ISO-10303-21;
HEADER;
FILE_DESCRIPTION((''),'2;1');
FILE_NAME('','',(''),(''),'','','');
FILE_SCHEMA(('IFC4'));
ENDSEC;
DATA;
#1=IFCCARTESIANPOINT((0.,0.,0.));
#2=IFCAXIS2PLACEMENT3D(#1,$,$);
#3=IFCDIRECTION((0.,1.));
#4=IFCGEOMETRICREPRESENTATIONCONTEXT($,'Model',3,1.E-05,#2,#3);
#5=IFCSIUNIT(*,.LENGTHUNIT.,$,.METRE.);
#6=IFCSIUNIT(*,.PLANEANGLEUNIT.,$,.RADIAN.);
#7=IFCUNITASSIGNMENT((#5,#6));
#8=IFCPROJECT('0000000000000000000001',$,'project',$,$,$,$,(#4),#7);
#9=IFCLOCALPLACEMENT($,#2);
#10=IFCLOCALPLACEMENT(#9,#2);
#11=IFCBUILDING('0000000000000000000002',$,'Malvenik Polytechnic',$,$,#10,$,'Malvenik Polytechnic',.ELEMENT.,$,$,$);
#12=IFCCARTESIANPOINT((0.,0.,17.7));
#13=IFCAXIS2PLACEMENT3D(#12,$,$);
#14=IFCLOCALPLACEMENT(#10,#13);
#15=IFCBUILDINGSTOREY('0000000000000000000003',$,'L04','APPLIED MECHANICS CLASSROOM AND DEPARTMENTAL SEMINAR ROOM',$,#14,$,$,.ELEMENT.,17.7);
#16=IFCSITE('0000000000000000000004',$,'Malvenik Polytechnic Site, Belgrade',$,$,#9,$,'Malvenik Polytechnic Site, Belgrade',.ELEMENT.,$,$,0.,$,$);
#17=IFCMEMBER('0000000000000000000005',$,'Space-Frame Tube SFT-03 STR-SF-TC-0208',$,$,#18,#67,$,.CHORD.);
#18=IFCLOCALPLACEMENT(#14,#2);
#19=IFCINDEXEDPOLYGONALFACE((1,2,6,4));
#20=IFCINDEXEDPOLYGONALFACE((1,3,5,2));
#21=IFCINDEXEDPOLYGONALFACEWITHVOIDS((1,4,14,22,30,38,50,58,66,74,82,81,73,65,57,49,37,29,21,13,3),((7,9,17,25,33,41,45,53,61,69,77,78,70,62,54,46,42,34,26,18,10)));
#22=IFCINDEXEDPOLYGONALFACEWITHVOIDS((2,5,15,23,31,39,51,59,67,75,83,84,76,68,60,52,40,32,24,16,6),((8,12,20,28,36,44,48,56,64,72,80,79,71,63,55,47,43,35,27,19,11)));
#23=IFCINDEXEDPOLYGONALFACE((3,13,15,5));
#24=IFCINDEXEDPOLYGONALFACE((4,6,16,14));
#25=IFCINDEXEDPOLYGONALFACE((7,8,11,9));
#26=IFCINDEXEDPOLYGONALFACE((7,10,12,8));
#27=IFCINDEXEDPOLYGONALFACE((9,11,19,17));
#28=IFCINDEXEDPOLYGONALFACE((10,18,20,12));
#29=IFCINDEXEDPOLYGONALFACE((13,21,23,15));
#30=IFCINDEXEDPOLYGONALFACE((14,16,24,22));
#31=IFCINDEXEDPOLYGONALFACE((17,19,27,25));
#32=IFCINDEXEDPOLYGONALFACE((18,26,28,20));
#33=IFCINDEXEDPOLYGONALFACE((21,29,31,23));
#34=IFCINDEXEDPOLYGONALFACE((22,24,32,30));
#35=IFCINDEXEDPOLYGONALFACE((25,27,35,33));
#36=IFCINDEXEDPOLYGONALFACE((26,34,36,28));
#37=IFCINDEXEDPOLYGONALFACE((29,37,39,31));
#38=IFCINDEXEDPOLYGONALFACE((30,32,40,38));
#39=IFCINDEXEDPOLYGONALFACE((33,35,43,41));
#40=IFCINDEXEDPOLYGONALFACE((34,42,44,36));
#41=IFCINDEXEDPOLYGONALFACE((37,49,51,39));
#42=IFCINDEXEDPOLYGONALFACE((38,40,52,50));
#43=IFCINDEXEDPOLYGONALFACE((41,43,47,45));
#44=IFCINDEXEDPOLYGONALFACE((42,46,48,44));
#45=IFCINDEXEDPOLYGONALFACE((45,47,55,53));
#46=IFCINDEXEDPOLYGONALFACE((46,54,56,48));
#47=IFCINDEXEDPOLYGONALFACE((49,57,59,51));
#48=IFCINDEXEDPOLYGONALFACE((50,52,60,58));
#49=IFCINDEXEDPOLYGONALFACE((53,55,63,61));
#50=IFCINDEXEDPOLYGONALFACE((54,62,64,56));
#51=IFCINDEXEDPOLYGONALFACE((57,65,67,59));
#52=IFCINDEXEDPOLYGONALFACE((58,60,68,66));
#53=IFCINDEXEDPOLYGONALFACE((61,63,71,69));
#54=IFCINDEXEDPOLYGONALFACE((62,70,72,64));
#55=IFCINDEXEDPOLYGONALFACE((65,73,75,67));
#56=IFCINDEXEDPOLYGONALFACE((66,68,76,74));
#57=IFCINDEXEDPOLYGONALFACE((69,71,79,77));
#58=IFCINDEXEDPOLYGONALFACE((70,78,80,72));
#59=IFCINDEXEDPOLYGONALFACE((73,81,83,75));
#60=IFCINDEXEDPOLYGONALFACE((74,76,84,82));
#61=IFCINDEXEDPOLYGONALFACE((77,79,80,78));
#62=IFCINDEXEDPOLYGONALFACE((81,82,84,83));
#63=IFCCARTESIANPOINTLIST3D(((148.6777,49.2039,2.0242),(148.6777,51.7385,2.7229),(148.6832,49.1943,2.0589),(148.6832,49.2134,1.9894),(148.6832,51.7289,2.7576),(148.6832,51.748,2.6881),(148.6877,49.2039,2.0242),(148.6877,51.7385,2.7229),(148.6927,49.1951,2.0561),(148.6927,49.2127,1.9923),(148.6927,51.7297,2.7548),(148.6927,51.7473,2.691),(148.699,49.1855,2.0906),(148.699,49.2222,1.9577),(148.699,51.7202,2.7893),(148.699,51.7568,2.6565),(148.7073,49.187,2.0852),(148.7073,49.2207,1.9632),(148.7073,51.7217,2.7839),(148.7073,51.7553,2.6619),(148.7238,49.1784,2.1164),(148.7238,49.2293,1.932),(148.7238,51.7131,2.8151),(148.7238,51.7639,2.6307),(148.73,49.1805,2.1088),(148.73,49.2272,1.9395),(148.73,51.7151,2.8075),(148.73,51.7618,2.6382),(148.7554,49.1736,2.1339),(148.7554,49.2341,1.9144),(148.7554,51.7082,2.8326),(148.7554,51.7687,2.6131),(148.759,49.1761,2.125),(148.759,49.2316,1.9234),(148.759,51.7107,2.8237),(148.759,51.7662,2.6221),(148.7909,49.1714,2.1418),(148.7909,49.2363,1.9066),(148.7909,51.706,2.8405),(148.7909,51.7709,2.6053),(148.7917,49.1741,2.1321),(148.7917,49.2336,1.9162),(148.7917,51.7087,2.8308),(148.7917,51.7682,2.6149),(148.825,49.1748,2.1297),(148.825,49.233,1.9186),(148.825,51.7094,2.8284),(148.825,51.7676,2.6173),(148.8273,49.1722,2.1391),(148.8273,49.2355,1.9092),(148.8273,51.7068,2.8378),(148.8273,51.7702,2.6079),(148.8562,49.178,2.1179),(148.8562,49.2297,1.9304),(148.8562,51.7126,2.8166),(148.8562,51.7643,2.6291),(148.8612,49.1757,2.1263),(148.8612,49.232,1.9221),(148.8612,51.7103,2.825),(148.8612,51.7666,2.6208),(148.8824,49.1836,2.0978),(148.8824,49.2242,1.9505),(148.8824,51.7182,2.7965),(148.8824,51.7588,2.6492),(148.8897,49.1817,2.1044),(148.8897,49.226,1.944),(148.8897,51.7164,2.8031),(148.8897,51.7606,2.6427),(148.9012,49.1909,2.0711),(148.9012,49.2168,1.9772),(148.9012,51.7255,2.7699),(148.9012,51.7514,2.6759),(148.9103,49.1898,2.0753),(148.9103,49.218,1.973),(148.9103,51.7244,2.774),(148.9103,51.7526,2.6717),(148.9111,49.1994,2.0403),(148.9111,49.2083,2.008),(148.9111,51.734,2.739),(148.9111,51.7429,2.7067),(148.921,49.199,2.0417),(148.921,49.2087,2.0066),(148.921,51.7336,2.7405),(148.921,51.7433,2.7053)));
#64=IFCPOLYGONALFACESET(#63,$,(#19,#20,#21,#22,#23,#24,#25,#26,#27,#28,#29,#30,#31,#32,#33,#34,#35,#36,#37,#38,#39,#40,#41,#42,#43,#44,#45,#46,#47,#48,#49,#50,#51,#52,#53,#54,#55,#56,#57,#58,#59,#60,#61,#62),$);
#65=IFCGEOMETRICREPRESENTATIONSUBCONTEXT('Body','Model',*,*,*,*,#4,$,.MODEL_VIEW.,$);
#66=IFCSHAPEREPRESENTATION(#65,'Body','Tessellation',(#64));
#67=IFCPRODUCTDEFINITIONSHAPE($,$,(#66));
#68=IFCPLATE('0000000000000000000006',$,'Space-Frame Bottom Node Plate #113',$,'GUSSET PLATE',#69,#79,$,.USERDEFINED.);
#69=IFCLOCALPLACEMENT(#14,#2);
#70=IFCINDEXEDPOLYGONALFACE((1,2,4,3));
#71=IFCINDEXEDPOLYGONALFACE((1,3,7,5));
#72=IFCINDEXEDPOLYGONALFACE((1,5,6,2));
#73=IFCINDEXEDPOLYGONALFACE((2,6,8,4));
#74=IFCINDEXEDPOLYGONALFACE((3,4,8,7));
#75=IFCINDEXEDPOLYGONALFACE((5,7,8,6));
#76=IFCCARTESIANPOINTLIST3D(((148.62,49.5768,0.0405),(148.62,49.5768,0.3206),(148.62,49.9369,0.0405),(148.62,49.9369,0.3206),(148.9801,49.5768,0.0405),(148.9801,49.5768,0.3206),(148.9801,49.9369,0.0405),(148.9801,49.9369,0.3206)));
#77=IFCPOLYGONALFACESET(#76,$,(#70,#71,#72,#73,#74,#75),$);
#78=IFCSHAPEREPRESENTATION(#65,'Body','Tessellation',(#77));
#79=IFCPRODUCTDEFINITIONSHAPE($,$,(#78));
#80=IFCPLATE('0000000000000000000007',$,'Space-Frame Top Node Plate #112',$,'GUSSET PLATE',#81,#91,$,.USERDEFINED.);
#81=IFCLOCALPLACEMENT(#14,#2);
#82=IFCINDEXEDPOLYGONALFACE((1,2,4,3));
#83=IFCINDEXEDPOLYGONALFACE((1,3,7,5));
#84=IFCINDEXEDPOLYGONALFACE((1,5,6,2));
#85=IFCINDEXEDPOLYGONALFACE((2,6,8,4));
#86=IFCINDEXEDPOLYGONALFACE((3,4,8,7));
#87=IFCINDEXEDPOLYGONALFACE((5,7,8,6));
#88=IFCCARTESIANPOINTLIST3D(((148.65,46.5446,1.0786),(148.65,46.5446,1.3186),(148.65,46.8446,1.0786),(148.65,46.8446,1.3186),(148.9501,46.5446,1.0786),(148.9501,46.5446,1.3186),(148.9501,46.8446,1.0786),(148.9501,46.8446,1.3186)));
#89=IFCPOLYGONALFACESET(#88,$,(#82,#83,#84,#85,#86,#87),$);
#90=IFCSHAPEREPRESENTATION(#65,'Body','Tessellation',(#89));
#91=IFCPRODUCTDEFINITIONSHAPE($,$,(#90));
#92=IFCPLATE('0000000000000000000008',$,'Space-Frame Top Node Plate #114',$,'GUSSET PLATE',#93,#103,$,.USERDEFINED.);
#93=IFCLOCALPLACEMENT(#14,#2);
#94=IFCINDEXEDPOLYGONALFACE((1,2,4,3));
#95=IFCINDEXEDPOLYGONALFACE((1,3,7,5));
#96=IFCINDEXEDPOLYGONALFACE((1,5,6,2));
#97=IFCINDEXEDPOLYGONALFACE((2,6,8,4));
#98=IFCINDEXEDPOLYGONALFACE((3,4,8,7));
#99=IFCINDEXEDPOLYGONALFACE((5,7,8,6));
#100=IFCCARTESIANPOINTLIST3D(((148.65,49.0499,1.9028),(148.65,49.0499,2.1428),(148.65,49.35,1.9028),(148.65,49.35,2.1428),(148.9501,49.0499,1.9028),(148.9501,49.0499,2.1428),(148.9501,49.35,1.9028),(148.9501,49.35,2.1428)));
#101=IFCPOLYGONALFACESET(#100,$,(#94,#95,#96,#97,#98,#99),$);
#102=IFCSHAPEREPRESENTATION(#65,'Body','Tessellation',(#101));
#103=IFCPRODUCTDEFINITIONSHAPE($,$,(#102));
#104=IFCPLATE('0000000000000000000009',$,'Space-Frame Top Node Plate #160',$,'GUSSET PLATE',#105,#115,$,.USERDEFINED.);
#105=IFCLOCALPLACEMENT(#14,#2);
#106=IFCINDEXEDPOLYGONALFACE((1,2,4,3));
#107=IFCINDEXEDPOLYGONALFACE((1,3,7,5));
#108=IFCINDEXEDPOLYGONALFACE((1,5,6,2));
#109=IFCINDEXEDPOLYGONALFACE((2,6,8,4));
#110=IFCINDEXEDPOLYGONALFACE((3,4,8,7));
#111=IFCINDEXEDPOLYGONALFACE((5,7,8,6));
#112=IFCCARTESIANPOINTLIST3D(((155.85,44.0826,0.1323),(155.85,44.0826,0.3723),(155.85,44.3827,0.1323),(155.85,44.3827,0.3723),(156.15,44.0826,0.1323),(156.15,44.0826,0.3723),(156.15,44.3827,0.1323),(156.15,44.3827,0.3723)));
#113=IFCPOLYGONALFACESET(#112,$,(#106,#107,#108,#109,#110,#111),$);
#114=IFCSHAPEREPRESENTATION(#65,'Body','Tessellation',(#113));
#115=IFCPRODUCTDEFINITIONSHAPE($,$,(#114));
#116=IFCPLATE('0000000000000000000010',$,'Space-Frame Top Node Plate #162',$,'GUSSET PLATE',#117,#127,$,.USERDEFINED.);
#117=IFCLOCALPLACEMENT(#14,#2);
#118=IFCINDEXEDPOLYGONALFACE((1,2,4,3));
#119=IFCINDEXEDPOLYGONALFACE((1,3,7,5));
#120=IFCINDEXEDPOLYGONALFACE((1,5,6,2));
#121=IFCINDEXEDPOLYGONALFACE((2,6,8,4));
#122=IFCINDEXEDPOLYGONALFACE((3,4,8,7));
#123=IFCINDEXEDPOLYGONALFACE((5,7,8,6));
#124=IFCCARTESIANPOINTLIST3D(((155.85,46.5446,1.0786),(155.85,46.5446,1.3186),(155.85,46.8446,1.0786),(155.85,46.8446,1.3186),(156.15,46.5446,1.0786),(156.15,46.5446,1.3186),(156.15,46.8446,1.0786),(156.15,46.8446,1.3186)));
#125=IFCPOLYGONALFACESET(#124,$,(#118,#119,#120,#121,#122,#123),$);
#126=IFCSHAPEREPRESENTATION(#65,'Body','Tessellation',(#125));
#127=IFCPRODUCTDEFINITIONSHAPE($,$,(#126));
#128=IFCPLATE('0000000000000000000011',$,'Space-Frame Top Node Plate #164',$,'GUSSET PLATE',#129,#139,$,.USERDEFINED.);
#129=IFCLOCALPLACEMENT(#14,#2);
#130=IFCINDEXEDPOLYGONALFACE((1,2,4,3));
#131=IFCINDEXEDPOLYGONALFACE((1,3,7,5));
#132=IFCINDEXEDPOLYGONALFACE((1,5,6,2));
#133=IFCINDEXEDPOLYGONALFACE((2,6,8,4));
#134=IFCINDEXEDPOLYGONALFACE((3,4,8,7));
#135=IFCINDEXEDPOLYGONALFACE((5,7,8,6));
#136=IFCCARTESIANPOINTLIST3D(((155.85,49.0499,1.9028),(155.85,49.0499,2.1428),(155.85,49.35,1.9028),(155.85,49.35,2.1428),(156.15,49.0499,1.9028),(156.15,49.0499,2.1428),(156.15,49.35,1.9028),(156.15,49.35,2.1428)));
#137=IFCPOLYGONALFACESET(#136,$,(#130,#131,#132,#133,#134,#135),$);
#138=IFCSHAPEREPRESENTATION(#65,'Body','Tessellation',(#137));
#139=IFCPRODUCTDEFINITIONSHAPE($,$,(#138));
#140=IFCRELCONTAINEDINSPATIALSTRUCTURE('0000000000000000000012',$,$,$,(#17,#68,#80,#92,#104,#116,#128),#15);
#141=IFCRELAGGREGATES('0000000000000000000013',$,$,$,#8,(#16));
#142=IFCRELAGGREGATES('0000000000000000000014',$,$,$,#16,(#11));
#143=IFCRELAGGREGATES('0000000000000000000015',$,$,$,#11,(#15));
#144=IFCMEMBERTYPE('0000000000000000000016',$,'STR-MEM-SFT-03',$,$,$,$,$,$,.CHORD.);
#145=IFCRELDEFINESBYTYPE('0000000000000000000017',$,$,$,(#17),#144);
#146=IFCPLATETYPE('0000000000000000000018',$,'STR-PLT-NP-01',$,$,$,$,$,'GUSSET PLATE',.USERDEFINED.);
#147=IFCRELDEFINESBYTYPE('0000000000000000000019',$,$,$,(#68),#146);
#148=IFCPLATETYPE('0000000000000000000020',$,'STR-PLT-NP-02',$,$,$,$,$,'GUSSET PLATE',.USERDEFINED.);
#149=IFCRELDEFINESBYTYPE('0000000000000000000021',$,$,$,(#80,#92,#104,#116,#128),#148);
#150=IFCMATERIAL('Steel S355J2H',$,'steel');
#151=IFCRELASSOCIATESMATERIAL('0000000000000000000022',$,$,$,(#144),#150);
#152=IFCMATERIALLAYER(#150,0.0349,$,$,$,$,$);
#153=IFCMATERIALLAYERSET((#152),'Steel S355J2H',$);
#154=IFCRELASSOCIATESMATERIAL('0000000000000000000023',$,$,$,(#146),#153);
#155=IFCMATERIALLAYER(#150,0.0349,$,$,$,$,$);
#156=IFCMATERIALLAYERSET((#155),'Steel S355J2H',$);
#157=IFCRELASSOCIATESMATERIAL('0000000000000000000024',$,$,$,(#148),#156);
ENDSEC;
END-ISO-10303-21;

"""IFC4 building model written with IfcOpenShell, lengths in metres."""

from ifc_helpers import new_model, si_unit, direction, frame, origin, origin_2d, place, context, subcontext, project, spatial, rectangle, hollow_circle, extrude, material, layer, layer_set, material_profile, profile_set, type_object, element, save


model = new_model("IFC4")

# Units and contexts
model_context = context("Model", 3, precision=1e-05, world=origin(), true_north=direction((0.0, 1.0)))
body_context = subcontext(model_context, "Body", "Model", "MODEL_VIEW")
ifc_project = project(units=[si_unit("LENGTHUNIT", "METRE"), si_unit("PLANEANGLEUNIT", "RADIAN")], contexts=[model_context])

# Site, building, storey
site_placement = place(None, origin())
site = spatial("IfcSite", under=ifc_project, at=site_placement, Name="Malvenik Polytechnic Site, Belgrade", LongName="Malvenik Polytechnic Site, Belgrade", CompositionType="ELEMENT", RefElevation=0.0)
building_placement = place(site_placement, origin())
building = spatial("IfcBuilding", under=site, at=building_placement, Name="Malvenik Polytechnic", LongName="Malvenik Polytechnic", CompositionType="ELEMENT")
storey_placement = place(building_placement, frame((0.0, 0.0, 17.7)))
storey = spatial("IfcBuildingStorey", under=building, at=storey_placement, Name="L04", Description="APPLIED MECHANICS CLASSROOM AND DEPARTMENTAL SEMINAR ROOM", CompositionType="ELEMENT", Elevation=17.7)

# Member
ifc_material = material(Name="Steel S355J2H", Category="steel")
ifc_material_profile_1 = material_profile(ifc_material, hollow_circle(Radius=0.1223, WallThickness=0.01, at=origin_2d()), Name="CHS 244.5x10.0")
ifc_profile_set_1 = profile_set([ifc_material_profile_1], Name="Steel S355J2H")
member_type_1 = type_object("IfcMemberType", Name="STR-MEM-SFT-03", PredefinedType="CHORD", material=ifc_profile_set_1)
member_1_placement = place(storey_placement, frame((148.8, 49.2039, 2.0242), z_axis=(0.0, 0.96404, 0.265756), x_axis=(-1.0, 0.0, 0.0)))
element("IfcMember", 1, at=member_1_placement, inside=storey, type_object=member_type_1, Name="Space-Frame Tube SFT-03 STR-SF-TC-0208", PredefinedType="CHORD", context=body_context, shape_type="SweptSolid", body=[
    extrude(hollow_circle(Radius=0.1223, WallThickness=0.01, at=origin_2d()), origin(), (0.0, 0.0, 1.0), 2.6292),
])

# Plates
ifc_layer_1 = layer(ifc_material, 0.0349)
ifc_layer_set_1 = layer_set([ifc_layer_1], Name="Steel S355J2H")
plate_type_1 = type_object("IfcPlateType", Name="STR-PLT-NP-01", ElementType="GUSSET PLATE", PredefinedType="USERDEFINED", material=ifc_layer_set_1)
plate_placement = place(storey_placement, frame((148.8, 49.7568, 0.0405), z_axis=(0.0, 0.0, 1.0), x_axis=(1.0, 0.0, 0.0)))
element("IfcPlate", 2, at=plate_placement, inside=storey, type_object=plate_type_1, Name="Space-Frame Bottom Node Plate #113", ObjectType="GUSSET PLATE", PredefinedType="USERDEFINED", context=body_context, shape_type="SweptSolid", body=[
    extrude(rectangle(XDim=0.3601, YDim=0.3601, at=origin_2d()), origin(), (0.0, 0.0, 1.0), 0.28),
])
ifc_layer_2 = layer(ifc_material, 0.0349)
ifc_layer_set_2 = layer_set([ifc_layer_2], Name="Steel S355J2H")
plate_type_2 = type_object("IfcPlateType", Name="STR-PLT-NP-02", ElementType="GUSSET PLATE", PredefinedType="USERDEFINED", material=ifc_layer_set_2)
for number, where, z_axis, x_axis, name in (
    (3, (148.8, 46.6946, 1.0786), (0.0, 0.0, 1.0), (1.0, 0.0, 0.0), "Space-Frame Top Node Plate #112"),
    (4, (148.8, 49.2, 1.9028), (0.0, 0.0, 1.0), (1.0, 0.0, 0.0), "Space-Frame Top Node Plate #114"),
    (5, (156.0, 44.2327, 0.1323), (0.0, 0.0, 1.0), (1.0, 0.0, 0.0), "Space-Frame Top Node Plate #160"),
    (6, (156.0, 46.6946, 1.0786), (0.0, 0.0, 1.0), (1.0, 0.0, 0.0), "Space-Frame Top Node Plate #162"),
    (7, (156.0, 49.2, 1.9028), (0.0, 0.0, 1.0), (1.0, 0.0, 0.0), "Space-Frame Top Node Plate #164"),
):
    element("IfcPlate", number, at=place(storey_placement, frame(where, z_axis=z_axis, x_axis=x_axis)), inside=storey, type_object=plate_type_2, Name=name, ObjectType="GUSSET PLATE", PredefinedType="USERDEFINED", context=body_context, shape_type="SweptSolid", body=[
        extrude(rectangle(XDim=0.3, YDim=0.3, at=origin_2d()), origin(), (0.0, 0.0, 1.0), 0.24),
    ])

save(model, "model.ifc")
